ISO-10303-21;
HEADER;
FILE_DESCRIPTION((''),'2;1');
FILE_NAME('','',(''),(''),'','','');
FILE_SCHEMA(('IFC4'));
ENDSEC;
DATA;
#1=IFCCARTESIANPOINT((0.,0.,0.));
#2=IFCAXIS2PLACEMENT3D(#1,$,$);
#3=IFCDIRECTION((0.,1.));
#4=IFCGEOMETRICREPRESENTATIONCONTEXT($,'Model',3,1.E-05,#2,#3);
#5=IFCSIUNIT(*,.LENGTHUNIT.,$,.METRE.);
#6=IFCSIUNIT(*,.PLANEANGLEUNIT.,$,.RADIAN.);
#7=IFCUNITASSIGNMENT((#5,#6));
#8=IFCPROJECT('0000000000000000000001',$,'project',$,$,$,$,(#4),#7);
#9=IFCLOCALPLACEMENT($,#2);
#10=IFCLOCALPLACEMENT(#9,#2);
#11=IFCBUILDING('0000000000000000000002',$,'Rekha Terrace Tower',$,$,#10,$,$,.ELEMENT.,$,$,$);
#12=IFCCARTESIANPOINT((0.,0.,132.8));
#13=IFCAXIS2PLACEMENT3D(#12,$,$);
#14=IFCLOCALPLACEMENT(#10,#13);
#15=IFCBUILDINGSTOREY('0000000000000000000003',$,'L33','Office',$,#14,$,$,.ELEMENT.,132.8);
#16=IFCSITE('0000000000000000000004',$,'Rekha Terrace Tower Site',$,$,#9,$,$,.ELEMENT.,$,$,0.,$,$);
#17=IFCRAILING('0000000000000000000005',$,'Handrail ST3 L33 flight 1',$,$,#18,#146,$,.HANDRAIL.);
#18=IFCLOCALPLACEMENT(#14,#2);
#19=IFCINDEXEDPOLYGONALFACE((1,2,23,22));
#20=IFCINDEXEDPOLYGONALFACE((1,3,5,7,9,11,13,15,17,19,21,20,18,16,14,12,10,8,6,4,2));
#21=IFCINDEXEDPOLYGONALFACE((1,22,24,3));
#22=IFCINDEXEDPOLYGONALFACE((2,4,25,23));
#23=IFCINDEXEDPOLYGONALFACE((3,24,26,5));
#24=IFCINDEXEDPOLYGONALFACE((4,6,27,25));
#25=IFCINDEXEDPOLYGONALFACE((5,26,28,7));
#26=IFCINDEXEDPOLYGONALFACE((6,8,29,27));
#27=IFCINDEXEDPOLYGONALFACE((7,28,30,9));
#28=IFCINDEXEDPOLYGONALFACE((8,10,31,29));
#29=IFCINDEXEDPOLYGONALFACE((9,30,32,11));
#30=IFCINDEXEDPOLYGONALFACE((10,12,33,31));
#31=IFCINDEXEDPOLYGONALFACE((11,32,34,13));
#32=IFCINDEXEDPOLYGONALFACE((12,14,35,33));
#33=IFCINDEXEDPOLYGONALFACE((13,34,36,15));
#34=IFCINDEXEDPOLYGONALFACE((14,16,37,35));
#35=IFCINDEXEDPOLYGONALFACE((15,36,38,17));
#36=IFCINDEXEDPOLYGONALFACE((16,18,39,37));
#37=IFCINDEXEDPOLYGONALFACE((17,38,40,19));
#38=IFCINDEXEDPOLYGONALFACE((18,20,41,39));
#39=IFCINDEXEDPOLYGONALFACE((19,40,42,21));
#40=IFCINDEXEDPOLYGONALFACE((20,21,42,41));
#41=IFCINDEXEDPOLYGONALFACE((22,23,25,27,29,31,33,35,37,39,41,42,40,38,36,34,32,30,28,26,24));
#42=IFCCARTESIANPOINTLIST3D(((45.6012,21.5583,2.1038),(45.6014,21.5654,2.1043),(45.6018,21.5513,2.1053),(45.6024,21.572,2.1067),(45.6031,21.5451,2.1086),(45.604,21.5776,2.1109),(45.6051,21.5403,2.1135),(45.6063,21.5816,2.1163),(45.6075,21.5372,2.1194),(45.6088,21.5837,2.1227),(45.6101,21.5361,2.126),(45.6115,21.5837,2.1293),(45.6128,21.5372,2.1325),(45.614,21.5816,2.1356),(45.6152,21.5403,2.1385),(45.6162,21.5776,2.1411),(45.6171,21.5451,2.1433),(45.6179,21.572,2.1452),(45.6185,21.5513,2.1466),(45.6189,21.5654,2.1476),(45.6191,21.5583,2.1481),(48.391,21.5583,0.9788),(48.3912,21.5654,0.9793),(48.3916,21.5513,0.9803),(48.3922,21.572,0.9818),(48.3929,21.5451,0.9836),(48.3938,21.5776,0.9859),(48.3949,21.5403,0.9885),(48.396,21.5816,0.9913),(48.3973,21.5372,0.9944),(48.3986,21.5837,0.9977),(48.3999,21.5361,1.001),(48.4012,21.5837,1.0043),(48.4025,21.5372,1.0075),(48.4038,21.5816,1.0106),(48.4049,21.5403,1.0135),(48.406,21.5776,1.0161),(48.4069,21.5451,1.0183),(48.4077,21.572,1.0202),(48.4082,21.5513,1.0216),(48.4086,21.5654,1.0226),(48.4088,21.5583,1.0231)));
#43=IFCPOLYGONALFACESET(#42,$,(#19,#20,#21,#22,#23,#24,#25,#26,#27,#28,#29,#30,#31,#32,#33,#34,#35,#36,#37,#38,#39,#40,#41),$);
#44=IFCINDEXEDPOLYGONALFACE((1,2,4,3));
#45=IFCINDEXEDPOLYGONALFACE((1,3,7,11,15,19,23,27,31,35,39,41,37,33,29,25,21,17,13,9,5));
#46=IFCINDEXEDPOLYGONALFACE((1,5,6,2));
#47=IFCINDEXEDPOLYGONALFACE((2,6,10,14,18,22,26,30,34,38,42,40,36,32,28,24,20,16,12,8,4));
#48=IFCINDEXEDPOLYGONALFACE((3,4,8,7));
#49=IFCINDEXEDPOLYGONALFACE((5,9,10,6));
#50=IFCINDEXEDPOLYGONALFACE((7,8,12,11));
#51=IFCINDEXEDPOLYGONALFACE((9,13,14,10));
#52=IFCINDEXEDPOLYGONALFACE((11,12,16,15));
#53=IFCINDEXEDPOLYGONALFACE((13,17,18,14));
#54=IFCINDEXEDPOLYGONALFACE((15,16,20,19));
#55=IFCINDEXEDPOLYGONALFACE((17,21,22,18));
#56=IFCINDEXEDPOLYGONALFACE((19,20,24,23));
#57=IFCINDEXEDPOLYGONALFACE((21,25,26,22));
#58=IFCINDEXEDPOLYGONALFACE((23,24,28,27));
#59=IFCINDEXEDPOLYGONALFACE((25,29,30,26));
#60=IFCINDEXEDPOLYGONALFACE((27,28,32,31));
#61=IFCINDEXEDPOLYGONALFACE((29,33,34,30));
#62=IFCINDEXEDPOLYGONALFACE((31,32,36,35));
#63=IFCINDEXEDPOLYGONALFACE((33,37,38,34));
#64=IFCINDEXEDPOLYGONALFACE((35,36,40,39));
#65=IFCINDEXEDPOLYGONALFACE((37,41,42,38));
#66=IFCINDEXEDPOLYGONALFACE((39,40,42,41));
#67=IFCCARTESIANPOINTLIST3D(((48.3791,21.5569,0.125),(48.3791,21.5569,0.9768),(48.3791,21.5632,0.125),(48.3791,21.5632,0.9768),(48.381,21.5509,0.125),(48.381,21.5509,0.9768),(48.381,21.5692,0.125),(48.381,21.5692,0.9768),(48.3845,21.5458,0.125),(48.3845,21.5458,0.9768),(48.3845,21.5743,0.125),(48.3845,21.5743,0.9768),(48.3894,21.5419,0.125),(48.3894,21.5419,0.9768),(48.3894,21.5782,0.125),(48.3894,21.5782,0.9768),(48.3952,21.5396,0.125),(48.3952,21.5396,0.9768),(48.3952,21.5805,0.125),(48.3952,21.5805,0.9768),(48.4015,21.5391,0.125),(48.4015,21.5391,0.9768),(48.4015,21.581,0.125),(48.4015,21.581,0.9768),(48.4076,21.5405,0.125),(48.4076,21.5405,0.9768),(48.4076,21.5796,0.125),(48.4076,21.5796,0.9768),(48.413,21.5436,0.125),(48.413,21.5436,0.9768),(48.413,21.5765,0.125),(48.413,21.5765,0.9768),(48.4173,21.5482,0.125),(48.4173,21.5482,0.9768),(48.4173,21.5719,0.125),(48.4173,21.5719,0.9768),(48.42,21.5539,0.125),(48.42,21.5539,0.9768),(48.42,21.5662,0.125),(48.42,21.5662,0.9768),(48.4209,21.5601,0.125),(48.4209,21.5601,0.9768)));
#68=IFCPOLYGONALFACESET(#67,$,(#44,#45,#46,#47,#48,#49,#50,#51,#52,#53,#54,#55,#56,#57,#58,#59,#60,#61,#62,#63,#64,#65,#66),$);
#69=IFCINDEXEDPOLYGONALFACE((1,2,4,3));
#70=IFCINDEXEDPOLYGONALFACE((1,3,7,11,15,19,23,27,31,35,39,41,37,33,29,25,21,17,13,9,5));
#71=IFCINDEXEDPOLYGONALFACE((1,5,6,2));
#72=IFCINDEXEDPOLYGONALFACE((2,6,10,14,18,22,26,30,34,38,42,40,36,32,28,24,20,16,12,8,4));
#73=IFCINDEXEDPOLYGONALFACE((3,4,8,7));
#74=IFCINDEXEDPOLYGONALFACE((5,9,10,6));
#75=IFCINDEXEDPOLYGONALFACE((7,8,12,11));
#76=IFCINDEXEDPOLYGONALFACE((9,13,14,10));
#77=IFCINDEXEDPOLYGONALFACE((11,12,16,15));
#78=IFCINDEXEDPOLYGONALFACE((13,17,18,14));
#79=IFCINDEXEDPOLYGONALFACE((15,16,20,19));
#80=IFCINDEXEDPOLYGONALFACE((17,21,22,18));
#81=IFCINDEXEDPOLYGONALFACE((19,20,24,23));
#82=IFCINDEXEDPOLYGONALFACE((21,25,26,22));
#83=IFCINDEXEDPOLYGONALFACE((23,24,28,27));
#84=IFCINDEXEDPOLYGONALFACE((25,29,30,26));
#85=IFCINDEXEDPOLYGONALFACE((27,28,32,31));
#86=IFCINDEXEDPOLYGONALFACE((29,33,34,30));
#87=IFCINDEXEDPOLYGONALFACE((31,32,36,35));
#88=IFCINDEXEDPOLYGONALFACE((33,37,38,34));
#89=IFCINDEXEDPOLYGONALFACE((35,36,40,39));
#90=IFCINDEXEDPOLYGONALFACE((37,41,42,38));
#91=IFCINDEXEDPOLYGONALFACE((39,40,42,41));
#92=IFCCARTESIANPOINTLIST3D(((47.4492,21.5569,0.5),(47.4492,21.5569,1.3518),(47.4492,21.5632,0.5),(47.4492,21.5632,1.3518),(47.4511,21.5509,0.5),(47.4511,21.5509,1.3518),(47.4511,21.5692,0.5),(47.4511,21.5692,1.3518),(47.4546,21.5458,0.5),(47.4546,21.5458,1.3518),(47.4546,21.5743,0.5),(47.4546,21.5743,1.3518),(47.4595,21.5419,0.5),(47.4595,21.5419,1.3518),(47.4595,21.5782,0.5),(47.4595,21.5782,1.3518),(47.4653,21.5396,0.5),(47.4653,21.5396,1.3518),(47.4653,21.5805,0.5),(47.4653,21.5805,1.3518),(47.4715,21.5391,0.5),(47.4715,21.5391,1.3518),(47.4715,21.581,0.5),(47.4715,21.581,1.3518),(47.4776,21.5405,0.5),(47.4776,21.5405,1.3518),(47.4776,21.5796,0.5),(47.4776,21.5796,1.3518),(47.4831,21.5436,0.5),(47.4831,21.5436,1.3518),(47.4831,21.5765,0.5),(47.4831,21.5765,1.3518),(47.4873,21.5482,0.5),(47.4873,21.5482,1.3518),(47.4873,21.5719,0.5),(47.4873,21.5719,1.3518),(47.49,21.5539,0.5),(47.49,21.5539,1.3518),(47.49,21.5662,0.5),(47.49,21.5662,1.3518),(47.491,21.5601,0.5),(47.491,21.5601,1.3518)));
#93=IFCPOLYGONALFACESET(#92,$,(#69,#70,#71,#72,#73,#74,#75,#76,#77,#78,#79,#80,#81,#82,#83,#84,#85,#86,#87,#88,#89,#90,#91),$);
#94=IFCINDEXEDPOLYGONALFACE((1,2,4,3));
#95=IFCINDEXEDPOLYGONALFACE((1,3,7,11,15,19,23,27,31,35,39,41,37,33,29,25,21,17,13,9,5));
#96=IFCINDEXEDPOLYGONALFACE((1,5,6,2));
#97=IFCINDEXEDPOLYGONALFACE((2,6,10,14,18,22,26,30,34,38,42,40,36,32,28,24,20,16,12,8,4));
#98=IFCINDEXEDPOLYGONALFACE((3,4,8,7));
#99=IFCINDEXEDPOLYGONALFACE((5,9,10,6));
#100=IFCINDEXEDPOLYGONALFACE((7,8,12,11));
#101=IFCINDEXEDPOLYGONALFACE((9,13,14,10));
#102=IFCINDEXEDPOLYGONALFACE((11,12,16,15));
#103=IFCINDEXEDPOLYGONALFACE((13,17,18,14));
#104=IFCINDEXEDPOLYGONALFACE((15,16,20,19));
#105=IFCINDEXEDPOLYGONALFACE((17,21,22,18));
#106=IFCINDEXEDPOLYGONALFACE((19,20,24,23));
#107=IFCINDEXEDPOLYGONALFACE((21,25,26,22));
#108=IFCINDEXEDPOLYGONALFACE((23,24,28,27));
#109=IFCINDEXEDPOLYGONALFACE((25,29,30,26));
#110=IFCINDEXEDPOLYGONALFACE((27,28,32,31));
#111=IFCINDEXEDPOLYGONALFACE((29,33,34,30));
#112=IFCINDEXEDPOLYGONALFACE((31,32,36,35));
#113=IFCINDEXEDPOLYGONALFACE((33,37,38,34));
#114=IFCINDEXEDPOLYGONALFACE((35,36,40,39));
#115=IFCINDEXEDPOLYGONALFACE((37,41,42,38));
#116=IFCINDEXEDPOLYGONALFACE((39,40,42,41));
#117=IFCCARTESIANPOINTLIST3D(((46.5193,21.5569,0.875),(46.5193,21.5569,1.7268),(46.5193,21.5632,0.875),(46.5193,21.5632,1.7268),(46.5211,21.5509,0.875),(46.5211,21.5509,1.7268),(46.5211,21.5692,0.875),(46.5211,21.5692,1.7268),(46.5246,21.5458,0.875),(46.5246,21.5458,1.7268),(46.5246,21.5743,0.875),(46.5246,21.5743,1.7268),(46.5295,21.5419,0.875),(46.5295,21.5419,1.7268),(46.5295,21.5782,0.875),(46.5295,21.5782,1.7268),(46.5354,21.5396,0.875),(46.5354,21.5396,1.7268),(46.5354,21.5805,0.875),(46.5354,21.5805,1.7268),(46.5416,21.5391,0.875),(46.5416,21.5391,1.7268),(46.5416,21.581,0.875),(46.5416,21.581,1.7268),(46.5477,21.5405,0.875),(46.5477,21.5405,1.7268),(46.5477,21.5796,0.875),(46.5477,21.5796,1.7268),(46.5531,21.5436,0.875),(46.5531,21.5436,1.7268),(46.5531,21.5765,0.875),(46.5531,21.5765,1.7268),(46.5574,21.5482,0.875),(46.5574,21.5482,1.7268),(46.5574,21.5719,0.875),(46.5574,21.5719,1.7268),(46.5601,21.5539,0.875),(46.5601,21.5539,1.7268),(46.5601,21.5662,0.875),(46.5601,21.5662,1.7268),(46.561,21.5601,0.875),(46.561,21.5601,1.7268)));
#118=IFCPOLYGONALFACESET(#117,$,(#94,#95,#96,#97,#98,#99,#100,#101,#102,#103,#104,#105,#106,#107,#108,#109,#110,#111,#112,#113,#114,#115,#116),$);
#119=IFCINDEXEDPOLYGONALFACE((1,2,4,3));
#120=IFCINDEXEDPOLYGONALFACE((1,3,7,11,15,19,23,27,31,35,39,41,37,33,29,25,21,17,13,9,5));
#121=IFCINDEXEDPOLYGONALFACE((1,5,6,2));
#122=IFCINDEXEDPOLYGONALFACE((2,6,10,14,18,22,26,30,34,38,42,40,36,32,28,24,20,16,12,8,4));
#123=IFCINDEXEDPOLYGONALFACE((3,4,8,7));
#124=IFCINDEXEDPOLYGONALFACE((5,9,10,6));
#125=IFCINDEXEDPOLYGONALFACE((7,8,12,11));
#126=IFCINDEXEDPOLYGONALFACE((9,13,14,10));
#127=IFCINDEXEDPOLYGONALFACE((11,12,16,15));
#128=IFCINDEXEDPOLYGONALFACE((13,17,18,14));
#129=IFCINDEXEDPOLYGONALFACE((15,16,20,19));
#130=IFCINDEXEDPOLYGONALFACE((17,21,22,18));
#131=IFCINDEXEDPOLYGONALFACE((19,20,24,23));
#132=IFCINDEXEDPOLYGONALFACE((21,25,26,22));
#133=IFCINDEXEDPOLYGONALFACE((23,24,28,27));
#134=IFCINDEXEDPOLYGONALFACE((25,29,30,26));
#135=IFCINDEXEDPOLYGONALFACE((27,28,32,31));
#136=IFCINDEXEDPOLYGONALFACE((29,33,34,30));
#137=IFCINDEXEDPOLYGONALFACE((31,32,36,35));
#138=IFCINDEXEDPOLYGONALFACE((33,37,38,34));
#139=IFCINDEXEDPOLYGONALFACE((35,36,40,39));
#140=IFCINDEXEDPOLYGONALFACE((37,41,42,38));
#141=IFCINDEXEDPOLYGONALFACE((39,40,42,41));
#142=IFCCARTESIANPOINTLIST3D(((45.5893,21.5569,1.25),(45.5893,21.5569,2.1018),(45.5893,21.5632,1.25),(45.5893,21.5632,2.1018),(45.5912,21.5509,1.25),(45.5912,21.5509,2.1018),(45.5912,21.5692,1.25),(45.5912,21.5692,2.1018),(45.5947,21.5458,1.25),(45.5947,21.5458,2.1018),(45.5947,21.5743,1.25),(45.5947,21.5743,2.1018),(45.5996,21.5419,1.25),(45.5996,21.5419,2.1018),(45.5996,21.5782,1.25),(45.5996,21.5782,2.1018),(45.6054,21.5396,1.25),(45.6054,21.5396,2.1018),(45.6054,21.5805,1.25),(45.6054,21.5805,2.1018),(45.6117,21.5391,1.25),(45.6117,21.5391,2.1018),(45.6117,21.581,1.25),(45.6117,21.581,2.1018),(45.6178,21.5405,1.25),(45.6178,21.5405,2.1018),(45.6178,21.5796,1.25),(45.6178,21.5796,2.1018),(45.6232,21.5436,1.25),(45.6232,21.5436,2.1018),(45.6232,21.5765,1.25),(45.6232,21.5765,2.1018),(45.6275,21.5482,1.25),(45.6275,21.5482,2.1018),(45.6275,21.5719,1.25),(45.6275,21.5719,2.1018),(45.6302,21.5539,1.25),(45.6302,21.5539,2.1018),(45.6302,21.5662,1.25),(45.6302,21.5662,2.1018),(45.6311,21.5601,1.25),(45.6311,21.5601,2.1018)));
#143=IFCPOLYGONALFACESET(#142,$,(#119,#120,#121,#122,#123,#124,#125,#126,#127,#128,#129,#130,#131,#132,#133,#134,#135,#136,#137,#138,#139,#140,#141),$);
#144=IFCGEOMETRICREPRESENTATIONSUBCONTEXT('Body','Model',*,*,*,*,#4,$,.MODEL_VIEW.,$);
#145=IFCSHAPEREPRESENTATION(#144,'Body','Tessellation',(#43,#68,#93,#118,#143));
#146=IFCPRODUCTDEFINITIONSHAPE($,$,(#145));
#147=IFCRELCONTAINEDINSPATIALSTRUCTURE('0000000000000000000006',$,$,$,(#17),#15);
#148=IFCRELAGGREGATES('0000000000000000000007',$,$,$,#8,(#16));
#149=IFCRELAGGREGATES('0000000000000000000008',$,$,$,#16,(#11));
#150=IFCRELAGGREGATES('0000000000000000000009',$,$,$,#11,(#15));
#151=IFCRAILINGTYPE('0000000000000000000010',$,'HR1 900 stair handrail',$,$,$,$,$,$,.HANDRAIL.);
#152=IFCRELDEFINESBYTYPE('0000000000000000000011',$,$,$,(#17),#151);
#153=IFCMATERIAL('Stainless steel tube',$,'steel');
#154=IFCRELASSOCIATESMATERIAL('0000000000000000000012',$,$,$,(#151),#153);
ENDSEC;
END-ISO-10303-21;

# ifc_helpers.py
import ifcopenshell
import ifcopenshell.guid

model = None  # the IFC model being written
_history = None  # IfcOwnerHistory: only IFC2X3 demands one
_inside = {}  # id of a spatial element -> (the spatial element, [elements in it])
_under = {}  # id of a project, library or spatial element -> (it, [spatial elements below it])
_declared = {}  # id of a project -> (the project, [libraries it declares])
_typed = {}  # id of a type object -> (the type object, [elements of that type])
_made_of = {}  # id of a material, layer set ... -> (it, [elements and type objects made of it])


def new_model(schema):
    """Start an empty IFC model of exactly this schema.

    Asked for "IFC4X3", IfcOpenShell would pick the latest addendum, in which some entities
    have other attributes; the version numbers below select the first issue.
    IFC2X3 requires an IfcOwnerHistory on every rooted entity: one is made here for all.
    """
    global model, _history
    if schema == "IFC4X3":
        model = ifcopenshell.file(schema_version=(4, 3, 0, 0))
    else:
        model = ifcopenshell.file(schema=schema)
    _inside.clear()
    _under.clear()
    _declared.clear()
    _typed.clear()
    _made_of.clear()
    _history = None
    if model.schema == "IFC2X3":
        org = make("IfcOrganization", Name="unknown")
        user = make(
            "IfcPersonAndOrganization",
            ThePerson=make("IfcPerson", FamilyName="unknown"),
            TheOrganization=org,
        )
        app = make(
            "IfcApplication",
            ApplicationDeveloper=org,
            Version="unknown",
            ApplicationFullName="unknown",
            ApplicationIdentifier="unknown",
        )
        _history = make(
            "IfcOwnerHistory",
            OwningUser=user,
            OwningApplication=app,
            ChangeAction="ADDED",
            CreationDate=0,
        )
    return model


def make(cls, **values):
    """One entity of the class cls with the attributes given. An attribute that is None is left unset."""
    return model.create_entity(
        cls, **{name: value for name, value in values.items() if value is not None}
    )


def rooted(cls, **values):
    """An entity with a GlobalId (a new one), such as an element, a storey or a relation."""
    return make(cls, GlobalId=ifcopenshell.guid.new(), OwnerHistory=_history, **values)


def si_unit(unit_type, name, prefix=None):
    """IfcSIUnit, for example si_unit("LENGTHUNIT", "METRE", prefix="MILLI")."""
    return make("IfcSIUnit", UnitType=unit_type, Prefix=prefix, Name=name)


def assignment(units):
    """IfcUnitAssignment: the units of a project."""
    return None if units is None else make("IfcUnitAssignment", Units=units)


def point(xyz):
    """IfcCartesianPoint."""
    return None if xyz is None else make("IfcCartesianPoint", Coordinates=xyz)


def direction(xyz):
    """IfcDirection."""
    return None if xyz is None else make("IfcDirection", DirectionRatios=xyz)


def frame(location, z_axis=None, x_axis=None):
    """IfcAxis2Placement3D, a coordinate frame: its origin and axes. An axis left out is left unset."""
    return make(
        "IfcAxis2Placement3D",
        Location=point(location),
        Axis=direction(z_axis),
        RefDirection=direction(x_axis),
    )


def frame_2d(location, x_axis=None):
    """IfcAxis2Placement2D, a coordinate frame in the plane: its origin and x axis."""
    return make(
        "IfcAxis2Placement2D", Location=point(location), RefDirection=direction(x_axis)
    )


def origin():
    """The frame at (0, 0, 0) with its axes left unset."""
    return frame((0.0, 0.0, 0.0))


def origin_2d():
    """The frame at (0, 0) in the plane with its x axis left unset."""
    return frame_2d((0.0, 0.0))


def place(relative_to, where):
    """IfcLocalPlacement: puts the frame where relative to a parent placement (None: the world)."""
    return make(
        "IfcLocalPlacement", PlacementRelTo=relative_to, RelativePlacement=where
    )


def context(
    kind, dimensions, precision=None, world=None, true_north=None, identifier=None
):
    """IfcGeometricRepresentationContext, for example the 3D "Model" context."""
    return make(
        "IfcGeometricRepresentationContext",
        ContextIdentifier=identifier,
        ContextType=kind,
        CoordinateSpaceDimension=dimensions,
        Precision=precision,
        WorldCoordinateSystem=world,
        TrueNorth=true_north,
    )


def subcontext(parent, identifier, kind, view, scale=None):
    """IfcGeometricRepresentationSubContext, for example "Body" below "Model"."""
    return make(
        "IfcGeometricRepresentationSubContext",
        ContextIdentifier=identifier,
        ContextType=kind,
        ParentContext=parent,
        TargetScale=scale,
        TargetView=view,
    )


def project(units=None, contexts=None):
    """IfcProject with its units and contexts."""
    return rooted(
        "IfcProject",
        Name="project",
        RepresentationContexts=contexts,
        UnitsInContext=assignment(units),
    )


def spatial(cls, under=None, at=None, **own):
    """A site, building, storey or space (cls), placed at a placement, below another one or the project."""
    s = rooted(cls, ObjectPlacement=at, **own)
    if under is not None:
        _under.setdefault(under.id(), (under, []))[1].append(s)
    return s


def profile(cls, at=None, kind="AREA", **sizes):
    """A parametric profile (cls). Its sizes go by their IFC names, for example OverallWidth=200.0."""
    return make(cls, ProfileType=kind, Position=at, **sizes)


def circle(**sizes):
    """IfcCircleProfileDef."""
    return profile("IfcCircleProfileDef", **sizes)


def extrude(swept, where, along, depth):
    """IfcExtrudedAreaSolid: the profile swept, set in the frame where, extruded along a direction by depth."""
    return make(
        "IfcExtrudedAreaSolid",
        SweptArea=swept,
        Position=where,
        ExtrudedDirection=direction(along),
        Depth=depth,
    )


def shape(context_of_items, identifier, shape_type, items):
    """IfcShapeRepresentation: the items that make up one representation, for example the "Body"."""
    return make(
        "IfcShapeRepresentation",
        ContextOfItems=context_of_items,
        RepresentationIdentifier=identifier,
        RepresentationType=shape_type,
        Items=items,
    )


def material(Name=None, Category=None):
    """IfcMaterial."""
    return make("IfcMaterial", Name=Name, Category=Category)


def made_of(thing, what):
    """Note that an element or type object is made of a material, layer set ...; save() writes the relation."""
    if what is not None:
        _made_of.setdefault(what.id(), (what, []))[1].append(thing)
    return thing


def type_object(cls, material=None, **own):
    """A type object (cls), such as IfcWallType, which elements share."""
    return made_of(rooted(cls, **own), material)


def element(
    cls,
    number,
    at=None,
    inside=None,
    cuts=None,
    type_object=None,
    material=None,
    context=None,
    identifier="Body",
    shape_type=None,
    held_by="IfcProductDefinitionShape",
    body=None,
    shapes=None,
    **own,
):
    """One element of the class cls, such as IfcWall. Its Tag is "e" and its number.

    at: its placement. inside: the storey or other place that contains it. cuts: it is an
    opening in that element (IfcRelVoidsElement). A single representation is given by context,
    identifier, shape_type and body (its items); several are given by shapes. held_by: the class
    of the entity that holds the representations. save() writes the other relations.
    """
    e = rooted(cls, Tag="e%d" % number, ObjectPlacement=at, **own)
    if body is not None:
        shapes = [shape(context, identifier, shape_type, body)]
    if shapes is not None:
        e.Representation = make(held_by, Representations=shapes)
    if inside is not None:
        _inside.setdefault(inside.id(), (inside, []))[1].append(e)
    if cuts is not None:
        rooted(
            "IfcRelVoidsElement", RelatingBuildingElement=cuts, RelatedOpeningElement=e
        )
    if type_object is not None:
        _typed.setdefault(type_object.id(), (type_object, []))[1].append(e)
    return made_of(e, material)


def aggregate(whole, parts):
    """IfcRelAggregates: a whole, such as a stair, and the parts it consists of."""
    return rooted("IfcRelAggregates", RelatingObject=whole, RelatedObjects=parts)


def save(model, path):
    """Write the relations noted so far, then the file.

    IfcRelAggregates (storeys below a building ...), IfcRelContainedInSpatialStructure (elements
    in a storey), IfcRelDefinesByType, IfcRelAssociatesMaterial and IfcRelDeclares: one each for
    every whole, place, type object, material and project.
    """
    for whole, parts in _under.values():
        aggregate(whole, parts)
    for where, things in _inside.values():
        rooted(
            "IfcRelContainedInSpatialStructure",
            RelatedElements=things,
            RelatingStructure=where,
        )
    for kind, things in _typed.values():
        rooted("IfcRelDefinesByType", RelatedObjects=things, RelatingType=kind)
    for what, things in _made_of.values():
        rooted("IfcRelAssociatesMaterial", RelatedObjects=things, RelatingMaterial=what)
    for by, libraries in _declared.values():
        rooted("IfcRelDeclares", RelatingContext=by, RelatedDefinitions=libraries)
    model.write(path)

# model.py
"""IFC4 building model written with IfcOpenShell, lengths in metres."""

from ifc_helpers import new_model, si_unit, direction, frame, origin, origin_2d, place, context, subcontext, project, spatial, circle, extrude, material, type_object, element, save


model = new_model("IFC4")

# Units and contexts
model_context = context("Model", 3, precision=1e-05, world=origin(), true_north=direction((0.0, 1.0)))
body_context = subcontext(model_context, "Body", "Model", "MODEL_VIEW")
ifc_project = project(units=[si_unit("LENGTHUNIT", "METRE"), si_unit("PLANEANGLEUNIT", "RADIAN")], contexts=[model_context])

# Site, building, storey
site_placement = place(None, origin())
site = spatial("IfcSite", under=ifc_project, at=site_placement, Name="Rekha Terrace Tower Site", CompositionType="ELEMENT", RefElevation=0.0)
building_placement = place(site_placement, origin())
building = spatial("IfcBuilding", under=site, at=building_placement, Name="Rekha Terrace Tower", CompositionType="ELEMENT")
storey_placement = place(building_placement, frame((0.0, 0.0, 132.8)))
storey = spatial("IfcBuildingStorey", under=building, at=storey_placement, Name="L33", Description="Office", CompositionType="ELEMENT", Elevation=132.8)

# Railing
ifc_material_1 = material(Name="Stainless steel tube", Category="steel")
railing_type_1 = type_object("IfcRailingType", Name="HR1 900 stair handrail", PredefinedType="HANDRAIL", material=ifc_material_1)
railing_1_placement = place(storey_placement, frame((48.3999, 21.5601, 0.125)))
element("IfcRailing", 1, at=railing_1_placement, inside=storey, type_object=railing_type_1, Name="Handrail ST3 L33 flight 1", PredefinedType="HANDRAIL", context=body_context, shape_type="SweptSolid", body=[
    extrude(circle(Radius=0.0239, at=origin_2d()), frame((0.0, 0.0, 0.876), z_axis=(-0.927432, 0.0, 0.373992), x_axis=(0.0, -1.0, 0.0)), (0.0, 0.0, 1.0), 3.0081),
    extrude(circle(Radius=0.021, at=origin_2d()), origin(), (0.0, 0.0, 1.0), 0.8518),
    extrude(circle(Radius=0.021, at=origin_2d()), frame((-0.9299, 0.0, 0.375)), (0.0, 0.0, 1.0), 0.8518),
    extrude(circle(Radius=0.021, at=origin_2d()), frame((-1.8599, 0.0, 0.75)), (0.0, 0.0, 1.0), 0.8518),
    extrude(circle(Radius=0.021, at=origin_2d()), frame((-2.7898, 0.0, 1.125)), (0.0, 0.0, 1.0), 0.8518),
])

save(model, "model.ifc")
